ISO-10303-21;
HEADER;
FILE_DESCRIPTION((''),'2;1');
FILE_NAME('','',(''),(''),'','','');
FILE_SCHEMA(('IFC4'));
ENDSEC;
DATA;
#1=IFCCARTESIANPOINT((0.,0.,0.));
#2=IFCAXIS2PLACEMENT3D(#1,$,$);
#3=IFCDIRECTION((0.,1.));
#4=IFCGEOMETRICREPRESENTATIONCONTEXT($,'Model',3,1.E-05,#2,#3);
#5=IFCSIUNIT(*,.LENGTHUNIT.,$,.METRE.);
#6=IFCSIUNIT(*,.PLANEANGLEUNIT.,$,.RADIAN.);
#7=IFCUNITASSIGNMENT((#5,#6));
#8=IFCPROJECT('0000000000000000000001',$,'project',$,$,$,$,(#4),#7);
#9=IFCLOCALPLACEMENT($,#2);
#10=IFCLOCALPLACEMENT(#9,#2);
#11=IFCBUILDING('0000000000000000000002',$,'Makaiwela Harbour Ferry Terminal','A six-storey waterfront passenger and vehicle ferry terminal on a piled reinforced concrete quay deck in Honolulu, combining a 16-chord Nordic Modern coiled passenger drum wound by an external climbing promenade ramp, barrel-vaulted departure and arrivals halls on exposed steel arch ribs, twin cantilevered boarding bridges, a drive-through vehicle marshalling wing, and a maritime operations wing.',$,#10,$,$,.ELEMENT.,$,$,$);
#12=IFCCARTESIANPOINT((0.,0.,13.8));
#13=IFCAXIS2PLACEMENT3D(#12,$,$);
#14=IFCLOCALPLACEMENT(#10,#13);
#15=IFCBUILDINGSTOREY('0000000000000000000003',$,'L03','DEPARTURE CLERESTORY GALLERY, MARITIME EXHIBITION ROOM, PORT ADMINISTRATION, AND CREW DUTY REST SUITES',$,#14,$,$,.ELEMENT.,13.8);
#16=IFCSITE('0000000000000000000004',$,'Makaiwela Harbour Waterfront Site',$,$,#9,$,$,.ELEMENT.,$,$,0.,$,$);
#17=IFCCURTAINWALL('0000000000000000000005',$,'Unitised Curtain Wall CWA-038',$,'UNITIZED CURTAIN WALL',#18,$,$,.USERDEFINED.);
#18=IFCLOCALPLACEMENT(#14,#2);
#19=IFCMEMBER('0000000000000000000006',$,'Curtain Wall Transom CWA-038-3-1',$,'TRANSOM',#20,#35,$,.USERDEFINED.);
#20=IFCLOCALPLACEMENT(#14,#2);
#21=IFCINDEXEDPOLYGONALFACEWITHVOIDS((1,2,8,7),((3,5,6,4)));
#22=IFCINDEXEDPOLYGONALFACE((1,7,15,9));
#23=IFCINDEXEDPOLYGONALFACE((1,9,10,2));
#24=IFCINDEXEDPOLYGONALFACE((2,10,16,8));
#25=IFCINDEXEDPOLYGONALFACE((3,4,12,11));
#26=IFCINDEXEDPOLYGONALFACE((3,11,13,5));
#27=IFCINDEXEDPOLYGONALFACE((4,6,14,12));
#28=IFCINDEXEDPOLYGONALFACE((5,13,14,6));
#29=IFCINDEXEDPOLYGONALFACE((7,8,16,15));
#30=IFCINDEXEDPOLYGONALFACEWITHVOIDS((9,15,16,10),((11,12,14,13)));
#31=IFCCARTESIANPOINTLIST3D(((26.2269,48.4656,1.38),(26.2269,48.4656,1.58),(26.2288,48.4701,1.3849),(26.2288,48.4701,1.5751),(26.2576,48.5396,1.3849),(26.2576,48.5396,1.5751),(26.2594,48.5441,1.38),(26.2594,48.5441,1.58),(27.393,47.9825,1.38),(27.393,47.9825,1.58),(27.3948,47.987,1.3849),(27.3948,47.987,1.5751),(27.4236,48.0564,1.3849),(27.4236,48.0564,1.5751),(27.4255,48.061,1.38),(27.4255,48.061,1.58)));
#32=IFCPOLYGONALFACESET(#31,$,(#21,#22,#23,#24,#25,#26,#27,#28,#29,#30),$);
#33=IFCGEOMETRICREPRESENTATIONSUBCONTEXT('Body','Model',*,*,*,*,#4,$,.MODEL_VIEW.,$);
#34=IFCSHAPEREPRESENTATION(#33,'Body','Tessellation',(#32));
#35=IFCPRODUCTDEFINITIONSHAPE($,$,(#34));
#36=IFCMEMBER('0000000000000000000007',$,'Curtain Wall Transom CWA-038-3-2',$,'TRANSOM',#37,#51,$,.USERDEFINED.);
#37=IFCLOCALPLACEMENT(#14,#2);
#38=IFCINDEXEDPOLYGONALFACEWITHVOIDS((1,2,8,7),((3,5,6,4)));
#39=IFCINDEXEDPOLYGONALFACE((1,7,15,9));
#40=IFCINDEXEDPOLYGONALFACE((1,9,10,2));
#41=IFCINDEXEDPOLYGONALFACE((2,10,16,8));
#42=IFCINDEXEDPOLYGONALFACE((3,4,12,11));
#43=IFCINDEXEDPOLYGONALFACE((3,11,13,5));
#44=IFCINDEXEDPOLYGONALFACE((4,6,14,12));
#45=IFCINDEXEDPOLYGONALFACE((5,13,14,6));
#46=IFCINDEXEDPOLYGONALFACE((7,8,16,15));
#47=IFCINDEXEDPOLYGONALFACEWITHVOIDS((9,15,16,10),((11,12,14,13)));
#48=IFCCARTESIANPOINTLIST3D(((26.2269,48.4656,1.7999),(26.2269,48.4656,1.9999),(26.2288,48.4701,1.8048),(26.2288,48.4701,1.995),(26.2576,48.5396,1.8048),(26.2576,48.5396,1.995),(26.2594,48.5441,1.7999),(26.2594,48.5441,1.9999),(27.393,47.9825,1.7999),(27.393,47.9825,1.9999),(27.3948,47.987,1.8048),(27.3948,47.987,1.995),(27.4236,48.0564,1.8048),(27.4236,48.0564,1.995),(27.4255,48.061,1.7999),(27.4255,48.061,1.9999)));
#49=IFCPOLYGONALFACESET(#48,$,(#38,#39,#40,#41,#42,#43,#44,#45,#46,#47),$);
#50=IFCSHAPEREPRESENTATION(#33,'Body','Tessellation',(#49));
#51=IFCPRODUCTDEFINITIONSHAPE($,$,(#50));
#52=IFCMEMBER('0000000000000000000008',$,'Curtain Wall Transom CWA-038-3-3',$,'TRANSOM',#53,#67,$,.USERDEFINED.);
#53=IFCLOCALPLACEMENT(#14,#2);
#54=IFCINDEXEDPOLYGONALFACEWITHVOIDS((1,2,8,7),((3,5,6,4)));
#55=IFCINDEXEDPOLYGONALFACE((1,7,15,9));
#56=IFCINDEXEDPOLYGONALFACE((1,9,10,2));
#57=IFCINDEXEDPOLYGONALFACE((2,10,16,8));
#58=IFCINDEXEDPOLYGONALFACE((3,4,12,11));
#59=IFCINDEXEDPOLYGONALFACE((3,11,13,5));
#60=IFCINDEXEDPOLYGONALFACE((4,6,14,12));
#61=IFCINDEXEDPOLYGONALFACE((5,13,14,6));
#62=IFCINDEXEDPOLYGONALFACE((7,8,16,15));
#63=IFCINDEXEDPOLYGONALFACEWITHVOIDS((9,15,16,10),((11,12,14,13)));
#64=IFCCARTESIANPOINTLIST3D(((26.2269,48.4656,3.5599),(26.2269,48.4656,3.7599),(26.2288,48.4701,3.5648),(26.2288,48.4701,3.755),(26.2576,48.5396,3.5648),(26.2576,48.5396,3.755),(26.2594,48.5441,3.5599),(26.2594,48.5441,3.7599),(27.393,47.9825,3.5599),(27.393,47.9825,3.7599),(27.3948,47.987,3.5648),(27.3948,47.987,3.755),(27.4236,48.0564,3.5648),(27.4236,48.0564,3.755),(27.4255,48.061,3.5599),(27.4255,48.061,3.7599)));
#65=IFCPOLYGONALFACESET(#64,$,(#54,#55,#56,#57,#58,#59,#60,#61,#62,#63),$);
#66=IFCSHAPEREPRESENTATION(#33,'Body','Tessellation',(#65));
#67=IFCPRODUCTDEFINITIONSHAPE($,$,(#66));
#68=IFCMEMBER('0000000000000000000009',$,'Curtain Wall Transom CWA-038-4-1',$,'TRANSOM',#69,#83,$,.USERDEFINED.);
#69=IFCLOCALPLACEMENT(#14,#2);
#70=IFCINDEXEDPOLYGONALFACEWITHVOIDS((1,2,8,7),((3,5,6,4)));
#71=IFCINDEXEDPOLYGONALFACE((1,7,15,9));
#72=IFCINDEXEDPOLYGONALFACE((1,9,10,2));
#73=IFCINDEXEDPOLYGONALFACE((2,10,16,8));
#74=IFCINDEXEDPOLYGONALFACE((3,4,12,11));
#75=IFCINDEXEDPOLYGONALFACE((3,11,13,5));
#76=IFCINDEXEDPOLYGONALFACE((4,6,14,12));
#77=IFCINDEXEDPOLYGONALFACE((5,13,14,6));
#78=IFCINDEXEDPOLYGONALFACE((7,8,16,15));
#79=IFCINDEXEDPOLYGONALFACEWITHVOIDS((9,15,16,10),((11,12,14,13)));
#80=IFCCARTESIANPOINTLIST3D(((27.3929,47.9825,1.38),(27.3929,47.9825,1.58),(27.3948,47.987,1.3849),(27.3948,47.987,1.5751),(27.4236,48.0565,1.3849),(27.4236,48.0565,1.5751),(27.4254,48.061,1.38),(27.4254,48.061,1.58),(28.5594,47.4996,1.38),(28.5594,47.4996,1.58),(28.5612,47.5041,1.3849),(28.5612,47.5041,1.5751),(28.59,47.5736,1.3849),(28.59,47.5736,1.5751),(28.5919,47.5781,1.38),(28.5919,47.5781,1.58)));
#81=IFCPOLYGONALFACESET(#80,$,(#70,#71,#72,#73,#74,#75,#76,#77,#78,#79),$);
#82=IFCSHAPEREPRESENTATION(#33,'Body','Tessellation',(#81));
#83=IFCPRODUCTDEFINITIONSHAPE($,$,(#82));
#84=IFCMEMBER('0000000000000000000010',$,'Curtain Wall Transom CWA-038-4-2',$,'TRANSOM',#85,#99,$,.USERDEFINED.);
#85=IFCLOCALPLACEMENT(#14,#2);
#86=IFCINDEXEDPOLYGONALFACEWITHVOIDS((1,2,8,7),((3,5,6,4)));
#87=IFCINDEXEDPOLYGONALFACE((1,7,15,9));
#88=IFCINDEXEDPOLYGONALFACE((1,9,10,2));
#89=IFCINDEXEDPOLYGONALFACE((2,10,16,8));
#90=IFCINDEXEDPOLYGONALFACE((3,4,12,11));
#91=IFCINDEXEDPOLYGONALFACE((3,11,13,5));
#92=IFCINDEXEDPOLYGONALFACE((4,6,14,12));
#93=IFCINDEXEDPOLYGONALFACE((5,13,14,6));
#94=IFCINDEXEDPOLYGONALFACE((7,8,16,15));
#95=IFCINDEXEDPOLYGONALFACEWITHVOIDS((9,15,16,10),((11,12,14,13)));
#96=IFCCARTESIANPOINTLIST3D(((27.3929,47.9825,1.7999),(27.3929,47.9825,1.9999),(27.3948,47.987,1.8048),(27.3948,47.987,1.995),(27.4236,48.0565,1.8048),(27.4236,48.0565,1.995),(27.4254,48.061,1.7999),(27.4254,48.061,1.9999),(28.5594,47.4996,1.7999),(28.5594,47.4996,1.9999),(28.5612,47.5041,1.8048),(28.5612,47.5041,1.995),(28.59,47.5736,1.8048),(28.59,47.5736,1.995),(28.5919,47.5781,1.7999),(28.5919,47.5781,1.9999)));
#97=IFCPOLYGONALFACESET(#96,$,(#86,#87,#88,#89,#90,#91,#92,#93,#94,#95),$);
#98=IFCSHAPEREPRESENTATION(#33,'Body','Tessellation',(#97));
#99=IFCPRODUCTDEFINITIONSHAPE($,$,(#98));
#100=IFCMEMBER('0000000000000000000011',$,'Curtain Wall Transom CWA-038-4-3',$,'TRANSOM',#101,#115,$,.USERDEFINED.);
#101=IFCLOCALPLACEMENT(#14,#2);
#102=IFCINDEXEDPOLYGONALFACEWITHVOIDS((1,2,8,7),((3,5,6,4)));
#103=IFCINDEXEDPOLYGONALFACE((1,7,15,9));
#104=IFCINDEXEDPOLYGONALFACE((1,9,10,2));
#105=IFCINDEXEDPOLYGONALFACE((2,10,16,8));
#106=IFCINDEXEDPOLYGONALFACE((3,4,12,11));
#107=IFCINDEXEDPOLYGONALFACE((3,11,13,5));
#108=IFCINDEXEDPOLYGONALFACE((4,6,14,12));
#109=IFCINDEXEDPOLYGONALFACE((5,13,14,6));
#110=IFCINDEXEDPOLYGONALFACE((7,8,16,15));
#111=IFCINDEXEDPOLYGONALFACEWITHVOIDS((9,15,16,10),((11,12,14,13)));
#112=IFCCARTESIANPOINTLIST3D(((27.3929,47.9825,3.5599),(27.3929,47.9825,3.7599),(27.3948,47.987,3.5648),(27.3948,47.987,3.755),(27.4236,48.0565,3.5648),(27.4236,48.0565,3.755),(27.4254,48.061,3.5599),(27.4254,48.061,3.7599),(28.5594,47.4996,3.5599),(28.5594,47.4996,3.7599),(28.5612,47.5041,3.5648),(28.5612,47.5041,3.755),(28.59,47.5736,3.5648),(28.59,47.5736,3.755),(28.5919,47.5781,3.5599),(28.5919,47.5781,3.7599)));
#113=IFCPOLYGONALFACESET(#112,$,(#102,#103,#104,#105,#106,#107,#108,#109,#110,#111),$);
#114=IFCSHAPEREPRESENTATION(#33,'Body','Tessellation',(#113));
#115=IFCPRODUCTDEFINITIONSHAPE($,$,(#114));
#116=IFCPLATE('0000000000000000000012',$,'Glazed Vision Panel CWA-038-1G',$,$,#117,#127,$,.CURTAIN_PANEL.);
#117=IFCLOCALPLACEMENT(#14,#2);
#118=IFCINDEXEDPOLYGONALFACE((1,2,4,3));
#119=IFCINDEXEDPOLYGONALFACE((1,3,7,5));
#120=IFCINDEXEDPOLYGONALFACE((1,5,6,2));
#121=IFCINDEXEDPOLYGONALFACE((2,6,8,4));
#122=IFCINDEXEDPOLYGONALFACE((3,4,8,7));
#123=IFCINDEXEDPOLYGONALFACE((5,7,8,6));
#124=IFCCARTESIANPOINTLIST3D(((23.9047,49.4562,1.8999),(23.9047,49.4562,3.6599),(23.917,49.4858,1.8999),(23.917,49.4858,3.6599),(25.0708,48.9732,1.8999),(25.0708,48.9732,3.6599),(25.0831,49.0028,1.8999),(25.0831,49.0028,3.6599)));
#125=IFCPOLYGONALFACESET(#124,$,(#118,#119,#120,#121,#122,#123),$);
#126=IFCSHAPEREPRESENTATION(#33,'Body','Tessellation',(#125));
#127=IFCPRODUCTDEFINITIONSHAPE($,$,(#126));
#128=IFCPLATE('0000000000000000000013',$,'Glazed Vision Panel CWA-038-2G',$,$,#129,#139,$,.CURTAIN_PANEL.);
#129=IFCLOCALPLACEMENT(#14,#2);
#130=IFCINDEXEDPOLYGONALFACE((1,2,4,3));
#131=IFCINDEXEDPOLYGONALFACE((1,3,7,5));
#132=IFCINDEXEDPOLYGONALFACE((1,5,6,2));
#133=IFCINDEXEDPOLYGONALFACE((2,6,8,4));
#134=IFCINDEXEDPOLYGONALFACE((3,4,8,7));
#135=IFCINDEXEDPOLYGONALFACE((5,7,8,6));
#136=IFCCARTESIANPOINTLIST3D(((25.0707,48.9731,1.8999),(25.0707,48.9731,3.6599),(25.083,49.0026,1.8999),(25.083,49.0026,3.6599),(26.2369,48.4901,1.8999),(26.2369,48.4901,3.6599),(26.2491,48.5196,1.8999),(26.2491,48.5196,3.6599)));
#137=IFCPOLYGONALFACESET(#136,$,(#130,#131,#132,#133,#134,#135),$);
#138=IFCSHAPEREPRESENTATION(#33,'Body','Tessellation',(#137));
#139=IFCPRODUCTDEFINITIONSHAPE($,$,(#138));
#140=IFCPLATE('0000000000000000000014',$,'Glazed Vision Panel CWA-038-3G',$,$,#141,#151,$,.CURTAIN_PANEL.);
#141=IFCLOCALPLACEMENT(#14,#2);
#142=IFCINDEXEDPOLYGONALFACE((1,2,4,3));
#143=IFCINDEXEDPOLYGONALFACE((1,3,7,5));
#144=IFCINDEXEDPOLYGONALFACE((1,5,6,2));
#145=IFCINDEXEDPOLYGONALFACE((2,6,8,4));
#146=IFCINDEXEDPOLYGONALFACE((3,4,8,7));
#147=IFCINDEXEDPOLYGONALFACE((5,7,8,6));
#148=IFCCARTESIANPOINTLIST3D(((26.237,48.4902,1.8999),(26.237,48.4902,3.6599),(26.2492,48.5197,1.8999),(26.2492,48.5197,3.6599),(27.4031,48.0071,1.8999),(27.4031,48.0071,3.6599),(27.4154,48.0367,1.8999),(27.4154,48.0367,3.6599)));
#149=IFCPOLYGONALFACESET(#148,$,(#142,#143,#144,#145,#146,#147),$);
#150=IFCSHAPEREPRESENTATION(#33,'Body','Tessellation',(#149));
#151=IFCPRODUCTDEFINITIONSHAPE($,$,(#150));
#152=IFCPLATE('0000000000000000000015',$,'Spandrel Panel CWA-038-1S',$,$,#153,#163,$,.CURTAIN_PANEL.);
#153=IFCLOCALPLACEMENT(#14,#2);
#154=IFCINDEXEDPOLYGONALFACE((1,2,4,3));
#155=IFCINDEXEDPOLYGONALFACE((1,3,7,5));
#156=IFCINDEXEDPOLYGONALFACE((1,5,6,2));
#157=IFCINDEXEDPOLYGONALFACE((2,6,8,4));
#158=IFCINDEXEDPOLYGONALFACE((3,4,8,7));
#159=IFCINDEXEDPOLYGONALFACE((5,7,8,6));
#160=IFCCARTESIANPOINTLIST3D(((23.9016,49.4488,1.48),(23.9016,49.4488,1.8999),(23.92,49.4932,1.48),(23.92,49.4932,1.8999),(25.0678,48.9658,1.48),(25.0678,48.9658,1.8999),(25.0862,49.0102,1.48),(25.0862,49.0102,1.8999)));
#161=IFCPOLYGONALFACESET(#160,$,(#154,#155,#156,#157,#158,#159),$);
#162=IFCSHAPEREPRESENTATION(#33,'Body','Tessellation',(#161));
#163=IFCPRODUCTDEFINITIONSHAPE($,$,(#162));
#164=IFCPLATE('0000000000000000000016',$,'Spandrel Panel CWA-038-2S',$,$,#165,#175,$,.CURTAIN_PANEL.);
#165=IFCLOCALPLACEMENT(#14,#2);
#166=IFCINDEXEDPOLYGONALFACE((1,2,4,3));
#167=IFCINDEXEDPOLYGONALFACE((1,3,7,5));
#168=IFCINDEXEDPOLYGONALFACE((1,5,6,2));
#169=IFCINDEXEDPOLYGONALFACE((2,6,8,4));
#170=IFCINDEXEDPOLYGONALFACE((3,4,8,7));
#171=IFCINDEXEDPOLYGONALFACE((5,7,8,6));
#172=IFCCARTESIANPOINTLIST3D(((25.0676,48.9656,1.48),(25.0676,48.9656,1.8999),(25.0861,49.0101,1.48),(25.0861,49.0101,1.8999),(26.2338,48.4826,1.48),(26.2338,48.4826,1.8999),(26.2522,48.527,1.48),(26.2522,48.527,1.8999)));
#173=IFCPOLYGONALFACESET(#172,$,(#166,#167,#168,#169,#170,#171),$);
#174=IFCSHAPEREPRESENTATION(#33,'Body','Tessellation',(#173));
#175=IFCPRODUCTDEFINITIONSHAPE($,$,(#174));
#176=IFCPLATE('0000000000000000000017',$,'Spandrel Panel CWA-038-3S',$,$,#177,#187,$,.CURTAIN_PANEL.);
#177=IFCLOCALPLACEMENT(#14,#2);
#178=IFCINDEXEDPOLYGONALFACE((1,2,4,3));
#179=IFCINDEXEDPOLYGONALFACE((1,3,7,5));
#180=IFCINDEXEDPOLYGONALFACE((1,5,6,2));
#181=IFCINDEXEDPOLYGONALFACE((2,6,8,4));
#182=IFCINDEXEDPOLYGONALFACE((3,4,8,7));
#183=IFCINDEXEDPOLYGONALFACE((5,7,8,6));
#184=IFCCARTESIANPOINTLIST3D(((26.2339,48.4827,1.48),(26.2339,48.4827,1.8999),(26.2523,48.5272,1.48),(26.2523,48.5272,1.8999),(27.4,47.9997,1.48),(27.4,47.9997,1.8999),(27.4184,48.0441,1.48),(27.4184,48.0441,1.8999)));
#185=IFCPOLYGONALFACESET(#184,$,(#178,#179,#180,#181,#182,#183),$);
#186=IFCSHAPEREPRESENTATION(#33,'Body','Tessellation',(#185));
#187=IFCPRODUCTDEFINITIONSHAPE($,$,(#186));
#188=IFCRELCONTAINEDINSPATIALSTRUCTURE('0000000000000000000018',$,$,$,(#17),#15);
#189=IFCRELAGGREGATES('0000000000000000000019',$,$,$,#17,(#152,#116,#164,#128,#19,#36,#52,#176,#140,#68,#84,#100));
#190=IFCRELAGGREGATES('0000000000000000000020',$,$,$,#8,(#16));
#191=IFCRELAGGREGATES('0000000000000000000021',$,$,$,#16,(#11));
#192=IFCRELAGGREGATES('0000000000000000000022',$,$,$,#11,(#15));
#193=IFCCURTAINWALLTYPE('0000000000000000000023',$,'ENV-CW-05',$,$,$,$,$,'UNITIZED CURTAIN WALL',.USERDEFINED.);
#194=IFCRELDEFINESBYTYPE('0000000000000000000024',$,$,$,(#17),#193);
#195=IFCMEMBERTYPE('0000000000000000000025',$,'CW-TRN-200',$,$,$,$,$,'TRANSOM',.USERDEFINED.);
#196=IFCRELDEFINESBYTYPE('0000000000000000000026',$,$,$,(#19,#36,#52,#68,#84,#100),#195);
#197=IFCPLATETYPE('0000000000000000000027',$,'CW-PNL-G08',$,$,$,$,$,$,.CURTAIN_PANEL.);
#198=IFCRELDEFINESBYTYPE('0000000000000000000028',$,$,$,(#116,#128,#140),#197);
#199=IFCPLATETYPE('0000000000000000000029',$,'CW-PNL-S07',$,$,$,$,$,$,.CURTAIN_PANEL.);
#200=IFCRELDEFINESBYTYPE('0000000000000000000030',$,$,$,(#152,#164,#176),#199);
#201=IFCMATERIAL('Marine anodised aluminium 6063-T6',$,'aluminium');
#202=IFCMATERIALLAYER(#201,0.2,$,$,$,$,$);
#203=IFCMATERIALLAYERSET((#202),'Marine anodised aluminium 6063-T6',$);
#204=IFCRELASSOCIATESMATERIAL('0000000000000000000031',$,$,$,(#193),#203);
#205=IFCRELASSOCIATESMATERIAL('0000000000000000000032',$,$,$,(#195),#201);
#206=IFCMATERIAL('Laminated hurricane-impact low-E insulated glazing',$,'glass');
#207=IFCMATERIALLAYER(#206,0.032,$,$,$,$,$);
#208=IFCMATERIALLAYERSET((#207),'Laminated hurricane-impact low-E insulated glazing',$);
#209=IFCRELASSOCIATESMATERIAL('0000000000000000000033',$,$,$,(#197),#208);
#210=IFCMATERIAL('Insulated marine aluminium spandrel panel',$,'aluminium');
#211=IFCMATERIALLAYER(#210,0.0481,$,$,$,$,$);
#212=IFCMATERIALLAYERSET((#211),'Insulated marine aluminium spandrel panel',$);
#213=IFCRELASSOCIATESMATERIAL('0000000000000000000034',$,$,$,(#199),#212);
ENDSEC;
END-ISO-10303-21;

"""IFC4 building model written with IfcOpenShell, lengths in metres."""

from ifc_helpers import new_model, si_unit, direction, frame, origin, origin_2d, place, context, subcontext, project, spatial, rectangle, hollow_rectangle, extrude, material, layer, layer_set, material_profile, profile_set, type_object, element, aggregate, save


model = new_model("IFC4")

# Units and contexts
model_context = context("Model", 3, precision=1e-05, world=origin(), true_north=direction((0.0, 1.0)))
body_context = subcontext(model_context, "Body", "Model", "MODEL_VIEW")
ifc_project = project(units=[si_unit("LENGTHUNIT", "METRE"), si_unit("PLANEANGLEUNIT", "RADIAN")], contexts=[model_context])

# Site, building, storey
site_placement = place(None, origin())
site = spatial("IfcSite", under=ifc_project, at=site_placement, Name="Makaiwela Harbour Waterfront Site", CompositionType="ELEMENT", RefElevation=0.0)
building_placement = place(site_placement, origin())
building = spatial("IfcBuilding", under=site, at=building_placement, Name="Makaiwela Harbour Ferry Terminal", Description="A six-storey waterfront passenger and vehicle ferry terminal on a piled reinforced concrete quay deck in Honolulu, combining a 16-chord Nordic Modern coiled passenger drum wound by an external climbing promenade ramp, barrel-vaulted departure and arrivals halls on exposed steel arch ribs, twin cantilevered boarding bridges, a drive-through vehicle marshalling wing, and a maritime operations wing.", CompositionType="ELEMENT")
storey_placement = place(building_placement, frame((0.0, 0.0, 13.8)))
storey = spatial("IfcBuildingStorey", under=building, at=storey_placement, Name="L03", Description="DEPARTURE CLERESTORY GALLERY, MARITIME EXHIBITION ROOM, PORT ADMINISTRATION, AND CREW DUTY REST SUITES", CompositionType="ELEMENT", Elevation=13.8)

# Shared definitions
ifc_material_1 = material(Name="Marine anodised aluminium 6063-T6", Category="aluminium")
ifc_layer_1 = layer(ifc_material_1, 0.2)
ifc_layer_set_1 = layer_set([ifc_layer_1], Name="Marine anodised aluminium 6063-T6")
curtain_wall_type = type_object("IfcCurtainWallType", Name="ENV-CW-05", ElementType="UNITIZED CURTAIN WALL", PredefinedType="USERDEFINED", material=ifc_layer_set_1)

# Curtain wall, members, plates
curtain_wall_1_placement = place(storey_placement, origin())
curtain_wall_1 = element("IfcCurtainWall", 1, at=curtain_wall_1_placement, inside=storey, type_object=curtain_wall_type, Name="Unitised Curtain Wall CWA-038", ObjectType="UNITIZED CURTAIN WALL", PredefinedType="USERDEFINED")
ifc_material_profile_1 = material_profile(ifc_material_1, hollow_rectangle(XDim=0.085, YDim=0.2, WallThickness=0.0049, at=origin_2d()), Name="CWT-200X85")
ifc_profile_set_1 = profile_set([ifc_material_profile_1], Name="Marine anodised aluminium 6063-T6")
member_type_1 = type_object("IfcMemberType", Name="CW-TRN-200", ElementType="TRANSOM", PredefinedType="USERDEFINED", material=ifc_profile_set_1)
member_1_placement = place(storey_placement, frame((26.2432, 48.5049, 1.48), z_axis=(0.923831, -0.382802, 0.0), x_axis=(0.382802, 0.923831, 0.0)))
member_1 = element("IfcMember", 2, at=member_1_placement, type_object=member_type_1, Name="Curtain Wall Transom CWA-038-3-1", ObjectType="TRANSOM", PredefinedType="USERDEFINED", context=body_context, shape_type="SweptSolid", body=[
    extrude(hollow_rectangle(XDim=0.085, YDim=0.2, WallThickness=0.0049, at=origin_2d()), origin(), (0.0, 0.0, 1.0), 1.2622),
])
member_2_placement = place(storey_placement, frame((26.2432, 48.5049, 1.8999), z_axis=(0.923831, -0.382802, 0.0), x_axis=(0.382802, 0.923831, 0.0)))
member_2 = element("IfcMember", 3, at=member_2_placement, type_object=member_type_1, Name="Curtain Wall Transom CWA-038-3-2", ObjectType="TRANSOM", PredefinedType="USERDEFINED", context=body_context, shape_type="SweptSolid", body=[
    extrude(hollow_rectangle(XDim=0.085, YDim=0.2, WallThickness=0.0049, at=origin_2d()), origin(), (0.0, 0.0, 1.0), 1.2622),
])
member_3_placement = place(storey_placement, frame((26.2432, 48.5049, 3.6599), z_axis=(0.923831, -0.382802, 0.0), x_axis=(0.382802, 0.923831, 0.0)))
member_3 = element("IfcMember", 4, at=member_3_placement, type_object=member_type_1, Name="Curtain Wall Transom CWA-038-3-3", ObjectType="TRANSOM", PredefinedType="USERDEFINED", context=body_context, shape_type="SweptSolid", body=[
    extrude(hollow_rectangle(XDim=0.085, YDim=0.2, WallThickness=0.0049, at=origin_2d()), origin(), (0.0, 0.0, 1.0), 1.2622),
])
member_4_placement = place(storey_placement, frame((27.4092, 48.0217, 1.48), z_axis=(0.923956, -0.3825, 0.0), x_axis=(0.3825, 0.923956, 0.0)))
member_4 = element("IfcMember", 5, at=member_4_placement, type_object=member_type_1, Name="Curtain Wall Transom CWA-038-4-1", ObjectType="TRANSOM", PredefinedType="USERDEFINED", context=body_context, shape_type="SweptSolid", body=[
    extrude(hollow_rectangle(XDim=0.085, YDim=0.2, WallThickness=0.0049, at=origin_2d()), origin(), (0.0, 0.0, 1.0), 1.2625),
])
member_5_placement = place(storey_placement, frame((27.4092, 48.0217, 1.8999), z_axis=(0.923956, -0.3825, 0.0), x_axis=(0.3825, 0.923956, 0.0)))
member_5 = element("IfcMember", 6, at=member_5_placement, type_object=member_type_1, Name="Curtain Wall Transom CWA-038-4-2", ObjectType="TRANSOM", PredefinedType="USERDEFINED", context=body_context, shape_type="SweptSolid", body=[
    extrude(hollow_rectangle(XDim=0.085, YDim=0.2, WallThickness=0.0049, at=origin_2d()), origin(), (0.0, 0.0, 1.0), 1.2625),
])
member_6_placement = place(storey_placement, frame((27.4092, 48.0217, 3.6599), z_axis=(0.923956, -0.3825, 0.0), x_axis=(0.3825, 0.923956, 0.0)))
member_6 = element("IfcMember", 7, at=member_6_placement, type_object=member_type_1, Name="Curtain Wall Transom CWA-038-4-3", ObjectType="TRANSOM", PredefinedType="USERDEFINED", context=body_context, shape_type="SweptSolid", body=[
    extrude(hollow_rectangle(XDim=0.085, YDim=0.2, WallThickness=0.0049, at=origin_2d()), origin(), (0.0, 0.0, 1.0), 1.2625),
])
ifc_material_2 = material(Name="Laminated hurricane-impact low-E insulated glazing", Category="glass")
ifc_layer_2 = layer(ifc_material_2, 0.032)
ifc_layer_set_2 = layer_set([ifc_layer_2], Name="Laminated hurricane-impact low-E insulated glazing")
plate_type_1 = type_object("IfcPlateType", Name="CW-PNL-G08", PredefinedType="CURTAIN_PANEL", material=ifc_layer_set_2)
plate_1_placement = place(storey_placement, frame((24.4939, 49.2295, 1.8999), z_axis=(0.0, 0.0, 1.0), x_axis=(0.92388, -0.382683, 0.0)))
plate_1 = element("IfcPlate", 8, at=plate_1_placement, type_object=plate_type_1, Name="Glazed Vision Panel CWA-038-1G", PredefinedType="CURTAIN_PANEL", context=body_context, shape_type="SweptSolid", body=[
    extrude(rectangle(XDim=1.2622, YDim=0.032, at=origin_2d()), origin(), (0.0, 0.0, 1.0), 1.76),
])
plate_2_placement = place(storey_placement, frame((25.6599, 48.7463, 1.8999), z_axis=(0.0, 0.0, 1.0), x_axis=(0.92388, -0.382683, 0.0)))
plate_2 = element("IfcPlate", 9, at=plate_2_placement, type_object=plate_type_1, Name="Glazed Vision Panel CWA-038-2G", PredefinedType="CURTAIN_PANEL", context=body_context, shape_type="SweptSolid", body=[
    extrude(rectangle(XDim=1.2622, YDim=0.032, at=origin_2d()), origin(), (0.0, 0.0, 1.0), 1.76),
])
plate_3_placement = place(storey_placement, frame((26.8262, 48.2634, 1.8999), z_axis=(0.0, 0.0, 1.0), x_axis=(0.92388, -0.382683, 0.0)))
plate_3 = element("IfcPlate", 10, at=plate_3_placement, type_object=plate_type_1, Name="Glazed Vision Panel CWA-038-3G", PredefinedType="CURTAIN_PANEL", context=body_context, shape_type="SweptSolid", body=[
    extrude(rectangle(XDim=1.2622, YDim=0.032, at=origin_2d()), origin(), (0.0, 0.0, 1.0), 1.76),
])
ifc_material_3 = material(Name="Insulated marine aluminium spandrel panel", Category="aluminium")
ifc_layer_3 = layer(ifc_material_3, 0.0481)
ifc_layer_set_3 = layer_set([ifc_layer_3], Name="Insulated marine aluminium spandrel panel")
plate_type_2 = type_object("IfcPlateType", Name="CW-PNL-S07", PredefinedType="CURTAIN_PANEL", material=ifc_layer_set_3)
plate_4_placement = place(storey_placement, frame((24.4939, 49.2295, 1.48), z_axis=(0.0, 0.0, 1.0), x_axis=(0.92388, -0.382683, 0.0)))
plate_4 = element("IfcPlate", 11, at=plate_4_placement, type_object=plate_type_2, Name="Spandrel Panel CWA-038-1S", PredefinedType="CURTAIN_PANEL", context=body_context, shape_type="SweptSolid", body=[
    extrude(rectangle(XDim=1.2622, YDim=0.0481, at=origin_2d()), origin(), (0.0, 0.0, 1.0), 0.4199),
])
plate_5_placement = place(storey_placement, frame((25.6599, 48.7463, 1.48), z_axis=(0.0, 0.0, 1.0), x_axis=(0.92388, -0.382683, 0.0)))
plate_5 = element("IfcPlate", 12, at=plate_5_placement, type_object=plate_type_2, Name="Spandrel Panel CWA-038-2S", PredefinedType="CURTAIN_PANEL", context=body_context, shape_type="SweptSolid", body=[
    extrude(rectangle(XDim=1.2622, YDim=0.0481, at=origin_2d()), origin(), (0.0, 0.0, 1.0), 0.4199),
])
plate_6_placement = place(storey_placement, frame((26.8262, 48.2634, 1.48), z_axis=(0.0, 0.0, 1.0), x_axis=(0.92388, -0.382683, 0.0)))
plate_6 = element("IfcPlate", 13, at=plate_6_placement, type_object=plate_type_2, Name="Spandrel Panel CWA-038-3S", PredefinedType="CURTAIN_PANEL", context=body_context, shape_type="SweptSolid", body=[
    extrude(rectangle(XDim=1.2622, YDim=0.0481, at=origin_2d()), origin(), (0.0, 0.0, 1.0), 0.4199),
])
aggregate(curtain_wall_1, [plate_4, plate_1, plate_5, plate_2, member_1, member_2, member_3, plate_6, plate_3, member_4, member_5, member_6])

save(model, "model.ifc")
